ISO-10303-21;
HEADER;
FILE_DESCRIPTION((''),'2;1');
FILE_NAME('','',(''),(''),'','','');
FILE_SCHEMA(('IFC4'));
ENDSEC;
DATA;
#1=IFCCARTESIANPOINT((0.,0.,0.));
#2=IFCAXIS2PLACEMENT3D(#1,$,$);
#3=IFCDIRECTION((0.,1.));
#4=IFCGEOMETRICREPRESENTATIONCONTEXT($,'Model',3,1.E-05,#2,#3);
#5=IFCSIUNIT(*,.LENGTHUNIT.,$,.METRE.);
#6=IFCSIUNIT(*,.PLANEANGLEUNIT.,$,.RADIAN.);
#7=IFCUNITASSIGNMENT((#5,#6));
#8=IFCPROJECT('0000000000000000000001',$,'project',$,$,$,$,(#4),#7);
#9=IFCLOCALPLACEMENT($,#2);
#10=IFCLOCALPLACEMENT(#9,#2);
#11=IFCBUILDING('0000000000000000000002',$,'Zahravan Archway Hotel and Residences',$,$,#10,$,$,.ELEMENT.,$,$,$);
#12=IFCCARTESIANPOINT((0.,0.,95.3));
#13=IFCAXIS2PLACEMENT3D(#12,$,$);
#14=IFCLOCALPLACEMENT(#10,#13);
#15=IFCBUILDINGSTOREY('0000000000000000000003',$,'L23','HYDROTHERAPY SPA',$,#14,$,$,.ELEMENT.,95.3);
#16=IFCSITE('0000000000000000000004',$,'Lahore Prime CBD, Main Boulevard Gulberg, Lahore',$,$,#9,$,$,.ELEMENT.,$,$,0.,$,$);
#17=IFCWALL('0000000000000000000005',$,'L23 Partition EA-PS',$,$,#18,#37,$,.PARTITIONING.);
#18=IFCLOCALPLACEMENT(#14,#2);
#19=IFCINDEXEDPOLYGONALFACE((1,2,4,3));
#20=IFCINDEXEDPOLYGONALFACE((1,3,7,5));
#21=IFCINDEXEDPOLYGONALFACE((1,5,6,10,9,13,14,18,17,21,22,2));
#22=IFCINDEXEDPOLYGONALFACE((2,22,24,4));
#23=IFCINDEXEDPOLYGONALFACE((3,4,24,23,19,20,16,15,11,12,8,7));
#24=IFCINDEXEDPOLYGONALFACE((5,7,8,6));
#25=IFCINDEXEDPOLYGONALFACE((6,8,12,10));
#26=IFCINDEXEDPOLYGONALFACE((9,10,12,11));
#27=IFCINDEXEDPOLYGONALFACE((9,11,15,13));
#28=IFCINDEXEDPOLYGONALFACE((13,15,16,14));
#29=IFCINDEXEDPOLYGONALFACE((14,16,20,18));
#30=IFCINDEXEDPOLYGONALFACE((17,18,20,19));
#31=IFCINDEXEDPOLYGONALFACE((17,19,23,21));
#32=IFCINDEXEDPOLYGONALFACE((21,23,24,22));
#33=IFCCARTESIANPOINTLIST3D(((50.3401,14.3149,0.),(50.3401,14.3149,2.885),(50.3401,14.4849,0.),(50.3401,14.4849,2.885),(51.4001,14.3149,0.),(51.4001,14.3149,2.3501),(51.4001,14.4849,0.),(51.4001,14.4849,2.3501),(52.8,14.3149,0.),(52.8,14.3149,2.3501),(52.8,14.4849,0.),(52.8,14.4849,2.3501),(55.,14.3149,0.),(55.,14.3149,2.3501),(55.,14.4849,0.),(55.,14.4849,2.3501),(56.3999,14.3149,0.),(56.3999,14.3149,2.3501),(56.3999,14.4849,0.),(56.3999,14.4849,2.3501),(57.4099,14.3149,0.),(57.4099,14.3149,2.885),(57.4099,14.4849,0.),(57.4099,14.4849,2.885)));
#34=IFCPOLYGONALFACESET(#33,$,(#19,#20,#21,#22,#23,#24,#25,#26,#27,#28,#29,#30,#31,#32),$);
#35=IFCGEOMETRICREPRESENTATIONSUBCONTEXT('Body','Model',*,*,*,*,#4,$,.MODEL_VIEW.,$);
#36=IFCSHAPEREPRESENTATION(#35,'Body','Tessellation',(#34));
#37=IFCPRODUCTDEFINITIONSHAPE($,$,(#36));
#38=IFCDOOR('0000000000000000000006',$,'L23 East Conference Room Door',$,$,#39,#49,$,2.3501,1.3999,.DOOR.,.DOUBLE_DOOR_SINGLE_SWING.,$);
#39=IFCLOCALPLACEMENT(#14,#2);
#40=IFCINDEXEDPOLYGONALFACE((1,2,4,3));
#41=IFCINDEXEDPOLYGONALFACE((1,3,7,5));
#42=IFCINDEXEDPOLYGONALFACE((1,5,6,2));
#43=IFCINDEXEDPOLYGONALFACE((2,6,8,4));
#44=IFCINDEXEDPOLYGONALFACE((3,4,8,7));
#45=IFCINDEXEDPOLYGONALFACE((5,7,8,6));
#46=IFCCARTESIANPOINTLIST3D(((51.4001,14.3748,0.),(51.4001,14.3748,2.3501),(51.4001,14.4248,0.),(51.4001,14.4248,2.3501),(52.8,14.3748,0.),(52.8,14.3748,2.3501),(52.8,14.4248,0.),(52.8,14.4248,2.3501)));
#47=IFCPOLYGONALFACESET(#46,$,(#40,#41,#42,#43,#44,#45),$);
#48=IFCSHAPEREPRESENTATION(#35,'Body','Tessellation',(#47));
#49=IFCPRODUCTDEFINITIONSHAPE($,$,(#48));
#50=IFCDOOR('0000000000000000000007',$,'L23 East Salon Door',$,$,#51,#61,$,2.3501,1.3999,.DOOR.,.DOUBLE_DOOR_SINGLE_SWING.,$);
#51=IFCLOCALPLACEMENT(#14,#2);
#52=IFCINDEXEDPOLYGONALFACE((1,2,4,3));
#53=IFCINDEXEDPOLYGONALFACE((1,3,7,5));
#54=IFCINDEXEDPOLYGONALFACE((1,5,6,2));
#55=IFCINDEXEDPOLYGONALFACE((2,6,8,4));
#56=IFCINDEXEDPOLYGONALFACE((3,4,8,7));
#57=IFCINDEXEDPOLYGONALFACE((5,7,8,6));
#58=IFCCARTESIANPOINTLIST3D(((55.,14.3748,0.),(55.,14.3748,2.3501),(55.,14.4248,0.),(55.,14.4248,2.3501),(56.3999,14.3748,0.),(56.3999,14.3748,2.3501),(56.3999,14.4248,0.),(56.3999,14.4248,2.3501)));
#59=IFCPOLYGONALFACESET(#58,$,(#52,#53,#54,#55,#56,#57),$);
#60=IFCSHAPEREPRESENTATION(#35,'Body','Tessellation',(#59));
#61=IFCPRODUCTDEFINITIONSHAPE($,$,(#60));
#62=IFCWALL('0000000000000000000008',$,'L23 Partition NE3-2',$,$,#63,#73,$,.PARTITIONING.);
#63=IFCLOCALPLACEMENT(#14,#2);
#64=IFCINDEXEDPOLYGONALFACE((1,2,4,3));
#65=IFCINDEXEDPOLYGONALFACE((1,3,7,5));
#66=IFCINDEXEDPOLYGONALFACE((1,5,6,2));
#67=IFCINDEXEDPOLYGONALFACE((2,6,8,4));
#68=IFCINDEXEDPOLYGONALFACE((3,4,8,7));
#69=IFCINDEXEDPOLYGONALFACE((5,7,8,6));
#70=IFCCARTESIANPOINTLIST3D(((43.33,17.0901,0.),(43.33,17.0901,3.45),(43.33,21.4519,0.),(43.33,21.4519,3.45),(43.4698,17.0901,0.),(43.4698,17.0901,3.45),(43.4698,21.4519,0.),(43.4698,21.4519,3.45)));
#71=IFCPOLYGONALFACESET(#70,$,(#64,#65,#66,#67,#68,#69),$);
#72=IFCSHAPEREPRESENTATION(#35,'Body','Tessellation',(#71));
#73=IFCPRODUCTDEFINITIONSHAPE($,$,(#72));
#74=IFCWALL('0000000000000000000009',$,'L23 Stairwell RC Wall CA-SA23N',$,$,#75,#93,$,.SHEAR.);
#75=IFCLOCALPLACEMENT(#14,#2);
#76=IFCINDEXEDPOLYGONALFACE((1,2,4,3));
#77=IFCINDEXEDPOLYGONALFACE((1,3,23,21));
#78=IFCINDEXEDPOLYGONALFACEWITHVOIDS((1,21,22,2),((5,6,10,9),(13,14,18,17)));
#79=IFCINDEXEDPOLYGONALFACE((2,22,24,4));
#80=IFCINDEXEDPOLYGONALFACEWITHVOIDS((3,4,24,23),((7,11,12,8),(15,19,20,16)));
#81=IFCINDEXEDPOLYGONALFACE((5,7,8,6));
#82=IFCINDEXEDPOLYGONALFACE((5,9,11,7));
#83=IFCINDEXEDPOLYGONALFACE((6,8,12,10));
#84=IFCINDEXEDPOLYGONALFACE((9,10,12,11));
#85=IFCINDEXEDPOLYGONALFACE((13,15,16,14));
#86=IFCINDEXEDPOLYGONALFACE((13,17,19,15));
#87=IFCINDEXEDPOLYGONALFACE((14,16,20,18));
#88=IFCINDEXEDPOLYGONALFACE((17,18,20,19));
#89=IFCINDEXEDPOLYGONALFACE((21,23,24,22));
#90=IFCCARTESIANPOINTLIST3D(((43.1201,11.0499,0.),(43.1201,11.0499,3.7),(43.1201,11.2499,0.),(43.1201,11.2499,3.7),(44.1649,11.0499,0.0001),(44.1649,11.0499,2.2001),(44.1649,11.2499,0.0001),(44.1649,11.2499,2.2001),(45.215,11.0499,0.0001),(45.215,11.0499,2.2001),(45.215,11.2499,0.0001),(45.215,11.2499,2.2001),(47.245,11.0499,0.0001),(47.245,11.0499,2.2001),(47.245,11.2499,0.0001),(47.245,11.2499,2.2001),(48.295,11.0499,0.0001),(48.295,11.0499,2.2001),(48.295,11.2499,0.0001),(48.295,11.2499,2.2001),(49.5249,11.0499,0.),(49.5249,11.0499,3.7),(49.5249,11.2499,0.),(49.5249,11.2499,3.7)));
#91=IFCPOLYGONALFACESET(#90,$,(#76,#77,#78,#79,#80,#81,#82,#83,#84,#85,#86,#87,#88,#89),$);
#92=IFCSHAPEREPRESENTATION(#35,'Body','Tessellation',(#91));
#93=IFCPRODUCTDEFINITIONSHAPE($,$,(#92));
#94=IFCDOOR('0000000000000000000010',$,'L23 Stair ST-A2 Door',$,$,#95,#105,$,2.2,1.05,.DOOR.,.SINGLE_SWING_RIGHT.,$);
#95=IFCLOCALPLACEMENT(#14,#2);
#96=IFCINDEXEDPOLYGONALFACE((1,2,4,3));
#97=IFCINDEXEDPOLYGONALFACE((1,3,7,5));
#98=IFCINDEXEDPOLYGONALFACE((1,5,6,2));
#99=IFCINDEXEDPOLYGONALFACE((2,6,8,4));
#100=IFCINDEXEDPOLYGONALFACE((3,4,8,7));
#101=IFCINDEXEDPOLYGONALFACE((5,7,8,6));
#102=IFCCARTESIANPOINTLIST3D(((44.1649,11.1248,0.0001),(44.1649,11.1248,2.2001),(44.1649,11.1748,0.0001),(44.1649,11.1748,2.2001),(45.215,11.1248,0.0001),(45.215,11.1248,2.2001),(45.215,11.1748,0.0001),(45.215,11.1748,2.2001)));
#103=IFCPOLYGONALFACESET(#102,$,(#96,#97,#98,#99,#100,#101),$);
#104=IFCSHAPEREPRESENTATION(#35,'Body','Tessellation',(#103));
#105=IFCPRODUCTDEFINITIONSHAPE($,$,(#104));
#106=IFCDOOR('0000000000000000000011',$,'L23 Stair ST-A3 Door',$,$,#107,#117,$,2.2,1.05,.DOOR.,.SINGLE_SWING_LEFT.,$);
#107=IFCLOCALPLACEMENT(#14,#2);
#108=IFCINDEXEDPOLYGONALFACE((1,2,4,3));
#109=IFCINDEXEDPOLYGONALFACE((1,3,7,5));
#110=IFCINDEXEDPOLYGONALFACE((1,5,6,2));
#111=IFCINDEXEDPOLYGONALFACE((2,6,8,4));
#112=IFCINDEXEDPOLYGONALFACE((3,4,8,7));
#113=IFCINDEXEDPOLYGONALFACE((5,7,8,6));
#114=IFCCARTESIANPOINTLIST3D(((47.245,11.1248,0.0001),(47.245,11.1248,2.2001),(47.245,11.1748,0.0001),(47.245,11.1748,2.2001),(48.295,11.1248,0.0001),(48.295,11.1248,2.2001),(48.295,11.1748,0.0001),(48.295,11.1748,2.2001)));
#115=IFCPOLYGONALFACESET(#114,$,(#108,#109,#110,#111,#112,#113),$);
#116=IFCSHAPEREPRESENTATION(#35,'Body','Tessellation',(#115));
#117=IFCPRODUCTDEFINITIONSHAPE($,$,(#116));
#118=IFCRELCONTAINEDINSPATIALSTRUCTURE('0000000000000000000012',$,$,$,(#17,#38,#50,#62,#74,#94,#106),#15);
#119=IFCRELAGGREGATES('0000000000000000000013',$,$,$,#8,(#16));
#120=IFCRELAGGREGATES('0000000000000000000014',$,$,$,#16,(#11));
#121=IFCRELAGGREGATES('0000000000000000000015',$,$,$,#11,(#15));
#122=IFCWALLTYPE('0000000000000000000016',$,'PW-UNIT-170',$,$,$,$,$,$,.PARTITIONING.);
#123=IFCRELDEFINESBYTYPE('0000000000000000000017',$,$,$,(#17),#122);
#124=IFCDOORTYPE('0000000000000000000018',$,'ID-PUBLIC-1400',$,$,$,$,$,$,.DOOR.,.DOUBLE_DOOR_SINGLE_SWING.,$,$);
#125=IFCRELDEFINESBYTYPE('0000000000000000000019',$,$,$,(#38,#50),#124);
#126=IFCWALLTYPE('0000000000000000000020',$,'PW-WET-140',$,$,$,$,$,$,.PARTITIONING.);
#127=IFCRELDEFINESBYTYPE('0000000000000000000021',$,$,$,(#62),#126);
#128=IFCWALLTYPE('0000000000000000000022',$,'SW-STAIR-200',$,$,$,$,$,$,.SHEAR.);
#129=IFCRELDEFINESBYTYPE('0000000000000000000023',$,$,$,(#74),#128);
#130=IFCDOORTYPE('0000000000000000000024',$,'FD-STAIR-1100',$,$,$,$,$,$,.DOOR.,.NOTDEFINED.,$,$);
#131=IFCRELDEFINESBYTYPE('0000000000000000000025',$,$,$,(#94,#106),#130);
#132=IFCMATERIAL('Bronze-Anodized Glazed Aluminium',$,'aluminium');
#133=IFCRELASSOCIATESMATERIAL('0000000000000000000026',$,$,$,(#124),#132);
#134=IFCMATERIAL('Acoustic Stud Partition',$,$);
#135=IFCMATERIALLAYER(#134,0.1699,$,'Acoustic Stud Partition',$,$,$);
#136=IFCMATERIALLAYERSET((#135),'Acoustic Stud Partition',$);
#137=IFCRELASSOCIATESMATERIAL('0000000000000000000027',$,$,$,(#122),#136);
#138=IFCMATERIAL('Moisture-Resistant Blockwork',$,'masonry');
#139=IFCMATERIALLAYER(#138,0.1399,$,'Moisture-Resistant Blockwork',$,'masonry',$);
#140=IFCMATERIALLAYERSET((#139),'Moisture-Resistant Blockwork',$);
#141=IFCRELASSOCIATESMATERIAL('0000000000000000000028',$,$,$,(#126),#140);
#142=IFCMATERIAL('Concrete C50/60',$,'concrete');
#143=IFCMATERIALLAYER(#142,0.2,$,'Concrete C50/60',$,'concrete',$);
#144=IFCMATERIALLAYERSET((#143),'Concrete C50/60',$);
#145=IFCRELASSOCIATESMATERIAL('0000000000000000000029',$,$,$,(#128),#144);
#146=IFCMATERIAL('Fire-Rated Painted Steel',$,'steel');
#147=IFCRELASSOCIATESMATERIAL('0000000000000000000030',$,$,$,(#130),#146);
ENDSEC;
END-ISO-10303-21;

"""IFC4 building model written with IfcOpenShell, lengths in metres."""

from ifc_helpers import new_model, si_unit, direction, frame, frame_2d, origin, place, context, subcontext, project, spatial, rectangle, extrude, source, transform, mapped, material, layer, layer_set, type_object, type_shapes, element, fill, save


model = new_model("IFC4")

# Units and contexts
model_context = context("Model", 3, precision=1e-05, world=origin(), true_north=direction((0.0, 1.0)))
body_context = subcontext(model_context, "Body", "Model", "MODEL_VIEW")
ifc_project = project(units=[si_unit("LENGTHUNIT", "METRE"), si_unit("PLANEANGLEUNIT", "RADIAN")], contexts=[model_context])

# Site, building, storey
site_placement = place(None, origin())
site = spatial("IfcSite", under=ifc_project, at=site_placement, Name="Lahore Prime CBD, Main Boulevard Gulberg, Lahore", CompositionType="ELEMENT", RefElevation=0.0)
building_placement = place(site_placement, origin())
building = spatial("IfcBuilding", under=site, at=building_placement, Name="Zahravan Archway Hotel and Residences", CompositionType="ELEMENT")
storey_placement = place(building_placement, frame((0.0, 0.0, 95.3)))
storey = spatial("IfcBuildingStorey", under=building, at=storey_placement, Name="L23", Description="HYDROTHERAPY SPA", CompositionType="ELEMENT", Elevation=95.3)

# Shared definitions
ifc_material_1 = material(Name="Fire-Rated Painted Steel", Category="steel")
ifc_material_2 = material(Name="Bronze-Anodized Glazed Aluminium", Category="aluminium")
door_type_1 = type_object("IfcDoorType", Name="ID-PUBLIC-1400", OperationType="DOUBLE_DOOR_SINGLE_SWING", PredefinedType="DOOR", material=ifc_material_2)
shared_shape_1 = source(origin(), body_context, "Body", "SweptSolid", [
    extrude(rectangle(XDim=1.3999, YDim=2.3501, at=frame_2d((0.7, 1.175))), frame((0.0, 0.0249, 0.0), z_axis=(0.0, -1.0, 0.0), x_axis=(1.0, 0.0, 0.0)), (0.0, 0.0, 1.0), 0.05),
])
type_shapes(door_type_1, [shared_shape_1])

# Wall, openings, doors
ifc_material_3 = material(Name="Acoustic Stud Partition")
ifc_layer_1 = layer(ifc_material_3, 0.1699, Name="Acoustic Stud Partition")
ifc_layer_set_1 = layer_set([ifc_layer_1], Name="Acoustic Stud Partition")
wall_type_1 = type_object("IfcWallType", Name="PW-UNIT-170", PredefinedType="PARTITIONING", material=ifc_layer_set_1)
wall_1_placement = place(storey_placement, frame((50.3401, 14.3999, 0.0), z_axis=(0.0, 0.0, 1.0), x_axis=(1.0, 0.0, 0.0)))
wall_1 = element("IfcWall", 1, at=wall_1_placement, inside=storey, type_object=wall_type_1, Name="L23 Partition EA-PS", PredefinedType="PARTITIONING", context=body_context, shape_type="SweptSolid", body=[
    extrude(rectangle(XDim=7.0698, YDim=0.1699, at=frame_2d((3.5349, 0.0))), origin(), (0.0, 0.0, 1.0), 2.885),
])
opening_1_placement = place(wall_1_placement, frame((1.0601, 0.0, 0.0)))
opening_1 = element("IfcOpeningElement", 2, at=opening_1_placement, cuts=wall_1, PredefinedType="OPENING", context=body_context, shape_type="SweptSolid", body=[
    extrude(rectangle(XDim=1.3999, YDim=2.3501, at=frame_2d((0.7, 1.175))), frame((0.0, 0.095, 0.0), z_axis=(0.0, -1.0, 0.0), x_axis=(1.0, 0.0, 0.0)), (0.0, 0.0, 1.0), 0.1899),
])
opening_2_placement = place(wall_1_placement, frame((4.6599, 0.0, 0.0)))
opening_2 = element("IfcOpeningElement", 3, at=opening_2_placement, cuts=wall_1, PredefinedType="OPENING", context=body_context, shape_type="SweptSolid", body=[
    extrude(rectangle(XDim=1.3999, YDim=2.3501, at=frame_2d((0.7, 1.175))), frame((0.0, 0.095, 0.0), z_axis=(0.0, -1.0, 0.0), x_axis=(1.0, 0.0, 0.0)), (0.0, 0.0, 1.0), 0.1899),
])
door_1_placement = place(opening_1_placement, origin())
door_1 = element("IfcDoor", 4, at=door_1_placement, inside=storey, type_object=door_type_1, Name="L23 East Conference Room Door", OperationType="DOUBLE_DOOR_SINGLE_SWING", OverallHeight=2.3501, OverallWidth=1.3999, PredefinedType="DOOR", context=body_context, shape_type="MappedRepresentation", body=[
    mapped(shared_shape_1, transform((0.0, 0.0, 0.0), scale=1.0)),
])
fill(opening_1, door_1)
door_2_placement = place(opening_2_placement, origin())
door_2 = element("IfcDoor", 5, at=door_2_placement, inside=storey, type_object=door_type_1, Name="L23 East Salon Door", OperationType="DOUBLE_DOOR_SINGLE_SWING", OverallHeight=2.3501, OverallWidth=1.3999, PredefinedType="DOOR", context=body_context, shape_type="MappedRepresentation", body=[
    mapped(shared_shape_1, transform((0.0, 0.0, 0.0), scale=1.0)),
])
fill(opening_2, door_2)

# Wall
ifc_material_4 = material(Name="Moisture-Resistant Blockwork", Category="masonry")
ifc_layer_2 = layer(ifc_material_4, 0.1399, Name="Moisture-Resistant Blockwork", Category="masonry")
ifc_layer_set_2 = layer_set([ifc_layer_2], Name="Moisture-Resistant Blockwork")
wall_type_2 = type_object("IfcWallType", Name="PW-WET-140", PredefinedType="PARTITIONING", material=ifc_layer_set_2)
wall_2_placement = place(storey_placement, frame((43.3999, 17.0901, 0.0), z_axis=(0.0, 0.0, 1.0), x_axis=(0.0, 1.0, 0.0)))
element("IfcWall", 6, at=wall_2_placement, inside=storey, type_object=wall_type_2, Name="L23 Partition NE3-2", PredefinedType="PARTITIONING", context=body_context, shape_type="SweptSolid", body=[
    extrude(rectangle(XDim=4.3618, YDim=0.1399, at=frame_2d((2.1809, 0.0))), origin(), (0.0, 0.0, 1.0), 3.45),
])

# Wall, openings, doors
ifc_material_5 = material(Name="Concrete C50/60", Category="concrete")
ifc_layer_3 = layer(ifc_material_5, 0.2, Name="Concrete C50/60", Category="concrete")
ifc_layer_set_3 = layer_set([ifc_layer_3], Name="Concrete C50/60")
wall_type_3 = type_object("IfcWallType", Name="SW-STAIR-200", PredefinedType="SHEAR", material=ifc_layer_set_3)
wall_3_placement = place(storey_placement, frame((43.1201, 11.1499, 0.0), z_axis=(0.0, 0.0, 1.0), x_axis=(1.0, 0.0, 0.0)))
wall_3 = element("IfcWall", 7, at=wall_3_placement, inside=storey, type_object=wall_type_3, Name="L23 Stairwell RC Wall CA-SA23N", PredefinedType="SHEAR", context=body_context, shape_type="SweptSolid", body=[
    extrude(rectangle(XDim=6.4048, YDim=0.2, at=frame_2d((3.2024, 0.0))), origin(), (0.0, 0.0, 1.0), 3.7),
])
opening_3_placement = place(wall_3_placement, frame((1.0449, 0.0, 0.0)))
opening_3 = element("IfcOpeningElement", 8, at=opening_3_placement, cuts=wall_3, PredefinedType="OPENING", context=body_context, shape_type="SweptSolid", body=[
    extrude(rectangle(XDim=1.05, YDim=2.2, at=frame_2d((0.5249, 1.1001))), frame((0.0, 0.1099, 0.0), z_axis=(0.0, -1.0, 0.0), x_axis=(1.0, 0.0, 0.0)), (0.0, 0.0, 1.0), 0.22),
])
opening_4_placement = place(wall_3_placement, frame((4.125, 0.0, 0.0)))
opening_4 = element("IfcOpeningElement", 9, at=opening_4_placement, cuts=wall_3, PredefinedType="OPENING", context=body_context, shape_type="SweptSolid", body=[
    extrude(rectangle(XDim=1.05, YDim=2.2, at=frame_2d((0.5249, 1.1001))), frame((0.0, 0.1099, 0.0), z_axis=(0.0, -1.0, 0.0), x_axis=(1.0, 0.0, 0.0)), (0.0, 0.0, 1.0), 0.22),
])
door_type_2 = type_object("IfcDoorType", Name="FD-STAIR-1100", OperationType="NOTDEFINED", PredefinedType="DOOR", material=ifc_material_1)
shared_shape_2 = source(origin(), body_context, "Body", "SweptSolid", [
    extrude(rectangle(XDim=1.05, YDim=2.2, at=frame_2d((0.5249, 1.1001))), frame((0.0, 0.0249, 0.0), z_axis=(0.0, -1.0, 0.0), x_axis=(1.0, 0.0, 0.0)), (0.0, 0.0, 1.0), 0.05),
])
type_shapes(door_type_2, [shared_shape_2])
door_3_placement = place(opening_3_placement, origin())
door_3 = element("IfcDoor", 10, at=door_3_placement, inside=storey, type_object=door_type_2, Name="L23 Stair ST-A2 Door", OperationType="SINGLE_SWING_RIGHT", OverallHeight=2.2, OverallWidth=1.05, PredefinedType="DOOR", context=body_context, shape_type="MappedRepresentation", body=[
    mapped(shared_shape_2, transform((0.0, 0.0, 0.0), scale=1.0)),
])
fill(opening_3, door_3)
door_4_placement = place(opening_4_placement, origin())
door_4 = element("IfcDoor", 11, at=door_4_placement, inside=storey, type_object=door_type_2, Name="L23 Stair ST-A3 Door", OperationType="SINGLE_SWING_LEFT", OverallHeight=2.2, OverallWidth=1.05, PredefinedType="DOOR", context=body_context, shape_type="MappedRepresentation", body=[
    mapped(shared_shape_2, transform((0.0, 0.0, 0.0), scale=1.0)),
])
fill(opening_4, door_4)

save(model, "model.ifc")
